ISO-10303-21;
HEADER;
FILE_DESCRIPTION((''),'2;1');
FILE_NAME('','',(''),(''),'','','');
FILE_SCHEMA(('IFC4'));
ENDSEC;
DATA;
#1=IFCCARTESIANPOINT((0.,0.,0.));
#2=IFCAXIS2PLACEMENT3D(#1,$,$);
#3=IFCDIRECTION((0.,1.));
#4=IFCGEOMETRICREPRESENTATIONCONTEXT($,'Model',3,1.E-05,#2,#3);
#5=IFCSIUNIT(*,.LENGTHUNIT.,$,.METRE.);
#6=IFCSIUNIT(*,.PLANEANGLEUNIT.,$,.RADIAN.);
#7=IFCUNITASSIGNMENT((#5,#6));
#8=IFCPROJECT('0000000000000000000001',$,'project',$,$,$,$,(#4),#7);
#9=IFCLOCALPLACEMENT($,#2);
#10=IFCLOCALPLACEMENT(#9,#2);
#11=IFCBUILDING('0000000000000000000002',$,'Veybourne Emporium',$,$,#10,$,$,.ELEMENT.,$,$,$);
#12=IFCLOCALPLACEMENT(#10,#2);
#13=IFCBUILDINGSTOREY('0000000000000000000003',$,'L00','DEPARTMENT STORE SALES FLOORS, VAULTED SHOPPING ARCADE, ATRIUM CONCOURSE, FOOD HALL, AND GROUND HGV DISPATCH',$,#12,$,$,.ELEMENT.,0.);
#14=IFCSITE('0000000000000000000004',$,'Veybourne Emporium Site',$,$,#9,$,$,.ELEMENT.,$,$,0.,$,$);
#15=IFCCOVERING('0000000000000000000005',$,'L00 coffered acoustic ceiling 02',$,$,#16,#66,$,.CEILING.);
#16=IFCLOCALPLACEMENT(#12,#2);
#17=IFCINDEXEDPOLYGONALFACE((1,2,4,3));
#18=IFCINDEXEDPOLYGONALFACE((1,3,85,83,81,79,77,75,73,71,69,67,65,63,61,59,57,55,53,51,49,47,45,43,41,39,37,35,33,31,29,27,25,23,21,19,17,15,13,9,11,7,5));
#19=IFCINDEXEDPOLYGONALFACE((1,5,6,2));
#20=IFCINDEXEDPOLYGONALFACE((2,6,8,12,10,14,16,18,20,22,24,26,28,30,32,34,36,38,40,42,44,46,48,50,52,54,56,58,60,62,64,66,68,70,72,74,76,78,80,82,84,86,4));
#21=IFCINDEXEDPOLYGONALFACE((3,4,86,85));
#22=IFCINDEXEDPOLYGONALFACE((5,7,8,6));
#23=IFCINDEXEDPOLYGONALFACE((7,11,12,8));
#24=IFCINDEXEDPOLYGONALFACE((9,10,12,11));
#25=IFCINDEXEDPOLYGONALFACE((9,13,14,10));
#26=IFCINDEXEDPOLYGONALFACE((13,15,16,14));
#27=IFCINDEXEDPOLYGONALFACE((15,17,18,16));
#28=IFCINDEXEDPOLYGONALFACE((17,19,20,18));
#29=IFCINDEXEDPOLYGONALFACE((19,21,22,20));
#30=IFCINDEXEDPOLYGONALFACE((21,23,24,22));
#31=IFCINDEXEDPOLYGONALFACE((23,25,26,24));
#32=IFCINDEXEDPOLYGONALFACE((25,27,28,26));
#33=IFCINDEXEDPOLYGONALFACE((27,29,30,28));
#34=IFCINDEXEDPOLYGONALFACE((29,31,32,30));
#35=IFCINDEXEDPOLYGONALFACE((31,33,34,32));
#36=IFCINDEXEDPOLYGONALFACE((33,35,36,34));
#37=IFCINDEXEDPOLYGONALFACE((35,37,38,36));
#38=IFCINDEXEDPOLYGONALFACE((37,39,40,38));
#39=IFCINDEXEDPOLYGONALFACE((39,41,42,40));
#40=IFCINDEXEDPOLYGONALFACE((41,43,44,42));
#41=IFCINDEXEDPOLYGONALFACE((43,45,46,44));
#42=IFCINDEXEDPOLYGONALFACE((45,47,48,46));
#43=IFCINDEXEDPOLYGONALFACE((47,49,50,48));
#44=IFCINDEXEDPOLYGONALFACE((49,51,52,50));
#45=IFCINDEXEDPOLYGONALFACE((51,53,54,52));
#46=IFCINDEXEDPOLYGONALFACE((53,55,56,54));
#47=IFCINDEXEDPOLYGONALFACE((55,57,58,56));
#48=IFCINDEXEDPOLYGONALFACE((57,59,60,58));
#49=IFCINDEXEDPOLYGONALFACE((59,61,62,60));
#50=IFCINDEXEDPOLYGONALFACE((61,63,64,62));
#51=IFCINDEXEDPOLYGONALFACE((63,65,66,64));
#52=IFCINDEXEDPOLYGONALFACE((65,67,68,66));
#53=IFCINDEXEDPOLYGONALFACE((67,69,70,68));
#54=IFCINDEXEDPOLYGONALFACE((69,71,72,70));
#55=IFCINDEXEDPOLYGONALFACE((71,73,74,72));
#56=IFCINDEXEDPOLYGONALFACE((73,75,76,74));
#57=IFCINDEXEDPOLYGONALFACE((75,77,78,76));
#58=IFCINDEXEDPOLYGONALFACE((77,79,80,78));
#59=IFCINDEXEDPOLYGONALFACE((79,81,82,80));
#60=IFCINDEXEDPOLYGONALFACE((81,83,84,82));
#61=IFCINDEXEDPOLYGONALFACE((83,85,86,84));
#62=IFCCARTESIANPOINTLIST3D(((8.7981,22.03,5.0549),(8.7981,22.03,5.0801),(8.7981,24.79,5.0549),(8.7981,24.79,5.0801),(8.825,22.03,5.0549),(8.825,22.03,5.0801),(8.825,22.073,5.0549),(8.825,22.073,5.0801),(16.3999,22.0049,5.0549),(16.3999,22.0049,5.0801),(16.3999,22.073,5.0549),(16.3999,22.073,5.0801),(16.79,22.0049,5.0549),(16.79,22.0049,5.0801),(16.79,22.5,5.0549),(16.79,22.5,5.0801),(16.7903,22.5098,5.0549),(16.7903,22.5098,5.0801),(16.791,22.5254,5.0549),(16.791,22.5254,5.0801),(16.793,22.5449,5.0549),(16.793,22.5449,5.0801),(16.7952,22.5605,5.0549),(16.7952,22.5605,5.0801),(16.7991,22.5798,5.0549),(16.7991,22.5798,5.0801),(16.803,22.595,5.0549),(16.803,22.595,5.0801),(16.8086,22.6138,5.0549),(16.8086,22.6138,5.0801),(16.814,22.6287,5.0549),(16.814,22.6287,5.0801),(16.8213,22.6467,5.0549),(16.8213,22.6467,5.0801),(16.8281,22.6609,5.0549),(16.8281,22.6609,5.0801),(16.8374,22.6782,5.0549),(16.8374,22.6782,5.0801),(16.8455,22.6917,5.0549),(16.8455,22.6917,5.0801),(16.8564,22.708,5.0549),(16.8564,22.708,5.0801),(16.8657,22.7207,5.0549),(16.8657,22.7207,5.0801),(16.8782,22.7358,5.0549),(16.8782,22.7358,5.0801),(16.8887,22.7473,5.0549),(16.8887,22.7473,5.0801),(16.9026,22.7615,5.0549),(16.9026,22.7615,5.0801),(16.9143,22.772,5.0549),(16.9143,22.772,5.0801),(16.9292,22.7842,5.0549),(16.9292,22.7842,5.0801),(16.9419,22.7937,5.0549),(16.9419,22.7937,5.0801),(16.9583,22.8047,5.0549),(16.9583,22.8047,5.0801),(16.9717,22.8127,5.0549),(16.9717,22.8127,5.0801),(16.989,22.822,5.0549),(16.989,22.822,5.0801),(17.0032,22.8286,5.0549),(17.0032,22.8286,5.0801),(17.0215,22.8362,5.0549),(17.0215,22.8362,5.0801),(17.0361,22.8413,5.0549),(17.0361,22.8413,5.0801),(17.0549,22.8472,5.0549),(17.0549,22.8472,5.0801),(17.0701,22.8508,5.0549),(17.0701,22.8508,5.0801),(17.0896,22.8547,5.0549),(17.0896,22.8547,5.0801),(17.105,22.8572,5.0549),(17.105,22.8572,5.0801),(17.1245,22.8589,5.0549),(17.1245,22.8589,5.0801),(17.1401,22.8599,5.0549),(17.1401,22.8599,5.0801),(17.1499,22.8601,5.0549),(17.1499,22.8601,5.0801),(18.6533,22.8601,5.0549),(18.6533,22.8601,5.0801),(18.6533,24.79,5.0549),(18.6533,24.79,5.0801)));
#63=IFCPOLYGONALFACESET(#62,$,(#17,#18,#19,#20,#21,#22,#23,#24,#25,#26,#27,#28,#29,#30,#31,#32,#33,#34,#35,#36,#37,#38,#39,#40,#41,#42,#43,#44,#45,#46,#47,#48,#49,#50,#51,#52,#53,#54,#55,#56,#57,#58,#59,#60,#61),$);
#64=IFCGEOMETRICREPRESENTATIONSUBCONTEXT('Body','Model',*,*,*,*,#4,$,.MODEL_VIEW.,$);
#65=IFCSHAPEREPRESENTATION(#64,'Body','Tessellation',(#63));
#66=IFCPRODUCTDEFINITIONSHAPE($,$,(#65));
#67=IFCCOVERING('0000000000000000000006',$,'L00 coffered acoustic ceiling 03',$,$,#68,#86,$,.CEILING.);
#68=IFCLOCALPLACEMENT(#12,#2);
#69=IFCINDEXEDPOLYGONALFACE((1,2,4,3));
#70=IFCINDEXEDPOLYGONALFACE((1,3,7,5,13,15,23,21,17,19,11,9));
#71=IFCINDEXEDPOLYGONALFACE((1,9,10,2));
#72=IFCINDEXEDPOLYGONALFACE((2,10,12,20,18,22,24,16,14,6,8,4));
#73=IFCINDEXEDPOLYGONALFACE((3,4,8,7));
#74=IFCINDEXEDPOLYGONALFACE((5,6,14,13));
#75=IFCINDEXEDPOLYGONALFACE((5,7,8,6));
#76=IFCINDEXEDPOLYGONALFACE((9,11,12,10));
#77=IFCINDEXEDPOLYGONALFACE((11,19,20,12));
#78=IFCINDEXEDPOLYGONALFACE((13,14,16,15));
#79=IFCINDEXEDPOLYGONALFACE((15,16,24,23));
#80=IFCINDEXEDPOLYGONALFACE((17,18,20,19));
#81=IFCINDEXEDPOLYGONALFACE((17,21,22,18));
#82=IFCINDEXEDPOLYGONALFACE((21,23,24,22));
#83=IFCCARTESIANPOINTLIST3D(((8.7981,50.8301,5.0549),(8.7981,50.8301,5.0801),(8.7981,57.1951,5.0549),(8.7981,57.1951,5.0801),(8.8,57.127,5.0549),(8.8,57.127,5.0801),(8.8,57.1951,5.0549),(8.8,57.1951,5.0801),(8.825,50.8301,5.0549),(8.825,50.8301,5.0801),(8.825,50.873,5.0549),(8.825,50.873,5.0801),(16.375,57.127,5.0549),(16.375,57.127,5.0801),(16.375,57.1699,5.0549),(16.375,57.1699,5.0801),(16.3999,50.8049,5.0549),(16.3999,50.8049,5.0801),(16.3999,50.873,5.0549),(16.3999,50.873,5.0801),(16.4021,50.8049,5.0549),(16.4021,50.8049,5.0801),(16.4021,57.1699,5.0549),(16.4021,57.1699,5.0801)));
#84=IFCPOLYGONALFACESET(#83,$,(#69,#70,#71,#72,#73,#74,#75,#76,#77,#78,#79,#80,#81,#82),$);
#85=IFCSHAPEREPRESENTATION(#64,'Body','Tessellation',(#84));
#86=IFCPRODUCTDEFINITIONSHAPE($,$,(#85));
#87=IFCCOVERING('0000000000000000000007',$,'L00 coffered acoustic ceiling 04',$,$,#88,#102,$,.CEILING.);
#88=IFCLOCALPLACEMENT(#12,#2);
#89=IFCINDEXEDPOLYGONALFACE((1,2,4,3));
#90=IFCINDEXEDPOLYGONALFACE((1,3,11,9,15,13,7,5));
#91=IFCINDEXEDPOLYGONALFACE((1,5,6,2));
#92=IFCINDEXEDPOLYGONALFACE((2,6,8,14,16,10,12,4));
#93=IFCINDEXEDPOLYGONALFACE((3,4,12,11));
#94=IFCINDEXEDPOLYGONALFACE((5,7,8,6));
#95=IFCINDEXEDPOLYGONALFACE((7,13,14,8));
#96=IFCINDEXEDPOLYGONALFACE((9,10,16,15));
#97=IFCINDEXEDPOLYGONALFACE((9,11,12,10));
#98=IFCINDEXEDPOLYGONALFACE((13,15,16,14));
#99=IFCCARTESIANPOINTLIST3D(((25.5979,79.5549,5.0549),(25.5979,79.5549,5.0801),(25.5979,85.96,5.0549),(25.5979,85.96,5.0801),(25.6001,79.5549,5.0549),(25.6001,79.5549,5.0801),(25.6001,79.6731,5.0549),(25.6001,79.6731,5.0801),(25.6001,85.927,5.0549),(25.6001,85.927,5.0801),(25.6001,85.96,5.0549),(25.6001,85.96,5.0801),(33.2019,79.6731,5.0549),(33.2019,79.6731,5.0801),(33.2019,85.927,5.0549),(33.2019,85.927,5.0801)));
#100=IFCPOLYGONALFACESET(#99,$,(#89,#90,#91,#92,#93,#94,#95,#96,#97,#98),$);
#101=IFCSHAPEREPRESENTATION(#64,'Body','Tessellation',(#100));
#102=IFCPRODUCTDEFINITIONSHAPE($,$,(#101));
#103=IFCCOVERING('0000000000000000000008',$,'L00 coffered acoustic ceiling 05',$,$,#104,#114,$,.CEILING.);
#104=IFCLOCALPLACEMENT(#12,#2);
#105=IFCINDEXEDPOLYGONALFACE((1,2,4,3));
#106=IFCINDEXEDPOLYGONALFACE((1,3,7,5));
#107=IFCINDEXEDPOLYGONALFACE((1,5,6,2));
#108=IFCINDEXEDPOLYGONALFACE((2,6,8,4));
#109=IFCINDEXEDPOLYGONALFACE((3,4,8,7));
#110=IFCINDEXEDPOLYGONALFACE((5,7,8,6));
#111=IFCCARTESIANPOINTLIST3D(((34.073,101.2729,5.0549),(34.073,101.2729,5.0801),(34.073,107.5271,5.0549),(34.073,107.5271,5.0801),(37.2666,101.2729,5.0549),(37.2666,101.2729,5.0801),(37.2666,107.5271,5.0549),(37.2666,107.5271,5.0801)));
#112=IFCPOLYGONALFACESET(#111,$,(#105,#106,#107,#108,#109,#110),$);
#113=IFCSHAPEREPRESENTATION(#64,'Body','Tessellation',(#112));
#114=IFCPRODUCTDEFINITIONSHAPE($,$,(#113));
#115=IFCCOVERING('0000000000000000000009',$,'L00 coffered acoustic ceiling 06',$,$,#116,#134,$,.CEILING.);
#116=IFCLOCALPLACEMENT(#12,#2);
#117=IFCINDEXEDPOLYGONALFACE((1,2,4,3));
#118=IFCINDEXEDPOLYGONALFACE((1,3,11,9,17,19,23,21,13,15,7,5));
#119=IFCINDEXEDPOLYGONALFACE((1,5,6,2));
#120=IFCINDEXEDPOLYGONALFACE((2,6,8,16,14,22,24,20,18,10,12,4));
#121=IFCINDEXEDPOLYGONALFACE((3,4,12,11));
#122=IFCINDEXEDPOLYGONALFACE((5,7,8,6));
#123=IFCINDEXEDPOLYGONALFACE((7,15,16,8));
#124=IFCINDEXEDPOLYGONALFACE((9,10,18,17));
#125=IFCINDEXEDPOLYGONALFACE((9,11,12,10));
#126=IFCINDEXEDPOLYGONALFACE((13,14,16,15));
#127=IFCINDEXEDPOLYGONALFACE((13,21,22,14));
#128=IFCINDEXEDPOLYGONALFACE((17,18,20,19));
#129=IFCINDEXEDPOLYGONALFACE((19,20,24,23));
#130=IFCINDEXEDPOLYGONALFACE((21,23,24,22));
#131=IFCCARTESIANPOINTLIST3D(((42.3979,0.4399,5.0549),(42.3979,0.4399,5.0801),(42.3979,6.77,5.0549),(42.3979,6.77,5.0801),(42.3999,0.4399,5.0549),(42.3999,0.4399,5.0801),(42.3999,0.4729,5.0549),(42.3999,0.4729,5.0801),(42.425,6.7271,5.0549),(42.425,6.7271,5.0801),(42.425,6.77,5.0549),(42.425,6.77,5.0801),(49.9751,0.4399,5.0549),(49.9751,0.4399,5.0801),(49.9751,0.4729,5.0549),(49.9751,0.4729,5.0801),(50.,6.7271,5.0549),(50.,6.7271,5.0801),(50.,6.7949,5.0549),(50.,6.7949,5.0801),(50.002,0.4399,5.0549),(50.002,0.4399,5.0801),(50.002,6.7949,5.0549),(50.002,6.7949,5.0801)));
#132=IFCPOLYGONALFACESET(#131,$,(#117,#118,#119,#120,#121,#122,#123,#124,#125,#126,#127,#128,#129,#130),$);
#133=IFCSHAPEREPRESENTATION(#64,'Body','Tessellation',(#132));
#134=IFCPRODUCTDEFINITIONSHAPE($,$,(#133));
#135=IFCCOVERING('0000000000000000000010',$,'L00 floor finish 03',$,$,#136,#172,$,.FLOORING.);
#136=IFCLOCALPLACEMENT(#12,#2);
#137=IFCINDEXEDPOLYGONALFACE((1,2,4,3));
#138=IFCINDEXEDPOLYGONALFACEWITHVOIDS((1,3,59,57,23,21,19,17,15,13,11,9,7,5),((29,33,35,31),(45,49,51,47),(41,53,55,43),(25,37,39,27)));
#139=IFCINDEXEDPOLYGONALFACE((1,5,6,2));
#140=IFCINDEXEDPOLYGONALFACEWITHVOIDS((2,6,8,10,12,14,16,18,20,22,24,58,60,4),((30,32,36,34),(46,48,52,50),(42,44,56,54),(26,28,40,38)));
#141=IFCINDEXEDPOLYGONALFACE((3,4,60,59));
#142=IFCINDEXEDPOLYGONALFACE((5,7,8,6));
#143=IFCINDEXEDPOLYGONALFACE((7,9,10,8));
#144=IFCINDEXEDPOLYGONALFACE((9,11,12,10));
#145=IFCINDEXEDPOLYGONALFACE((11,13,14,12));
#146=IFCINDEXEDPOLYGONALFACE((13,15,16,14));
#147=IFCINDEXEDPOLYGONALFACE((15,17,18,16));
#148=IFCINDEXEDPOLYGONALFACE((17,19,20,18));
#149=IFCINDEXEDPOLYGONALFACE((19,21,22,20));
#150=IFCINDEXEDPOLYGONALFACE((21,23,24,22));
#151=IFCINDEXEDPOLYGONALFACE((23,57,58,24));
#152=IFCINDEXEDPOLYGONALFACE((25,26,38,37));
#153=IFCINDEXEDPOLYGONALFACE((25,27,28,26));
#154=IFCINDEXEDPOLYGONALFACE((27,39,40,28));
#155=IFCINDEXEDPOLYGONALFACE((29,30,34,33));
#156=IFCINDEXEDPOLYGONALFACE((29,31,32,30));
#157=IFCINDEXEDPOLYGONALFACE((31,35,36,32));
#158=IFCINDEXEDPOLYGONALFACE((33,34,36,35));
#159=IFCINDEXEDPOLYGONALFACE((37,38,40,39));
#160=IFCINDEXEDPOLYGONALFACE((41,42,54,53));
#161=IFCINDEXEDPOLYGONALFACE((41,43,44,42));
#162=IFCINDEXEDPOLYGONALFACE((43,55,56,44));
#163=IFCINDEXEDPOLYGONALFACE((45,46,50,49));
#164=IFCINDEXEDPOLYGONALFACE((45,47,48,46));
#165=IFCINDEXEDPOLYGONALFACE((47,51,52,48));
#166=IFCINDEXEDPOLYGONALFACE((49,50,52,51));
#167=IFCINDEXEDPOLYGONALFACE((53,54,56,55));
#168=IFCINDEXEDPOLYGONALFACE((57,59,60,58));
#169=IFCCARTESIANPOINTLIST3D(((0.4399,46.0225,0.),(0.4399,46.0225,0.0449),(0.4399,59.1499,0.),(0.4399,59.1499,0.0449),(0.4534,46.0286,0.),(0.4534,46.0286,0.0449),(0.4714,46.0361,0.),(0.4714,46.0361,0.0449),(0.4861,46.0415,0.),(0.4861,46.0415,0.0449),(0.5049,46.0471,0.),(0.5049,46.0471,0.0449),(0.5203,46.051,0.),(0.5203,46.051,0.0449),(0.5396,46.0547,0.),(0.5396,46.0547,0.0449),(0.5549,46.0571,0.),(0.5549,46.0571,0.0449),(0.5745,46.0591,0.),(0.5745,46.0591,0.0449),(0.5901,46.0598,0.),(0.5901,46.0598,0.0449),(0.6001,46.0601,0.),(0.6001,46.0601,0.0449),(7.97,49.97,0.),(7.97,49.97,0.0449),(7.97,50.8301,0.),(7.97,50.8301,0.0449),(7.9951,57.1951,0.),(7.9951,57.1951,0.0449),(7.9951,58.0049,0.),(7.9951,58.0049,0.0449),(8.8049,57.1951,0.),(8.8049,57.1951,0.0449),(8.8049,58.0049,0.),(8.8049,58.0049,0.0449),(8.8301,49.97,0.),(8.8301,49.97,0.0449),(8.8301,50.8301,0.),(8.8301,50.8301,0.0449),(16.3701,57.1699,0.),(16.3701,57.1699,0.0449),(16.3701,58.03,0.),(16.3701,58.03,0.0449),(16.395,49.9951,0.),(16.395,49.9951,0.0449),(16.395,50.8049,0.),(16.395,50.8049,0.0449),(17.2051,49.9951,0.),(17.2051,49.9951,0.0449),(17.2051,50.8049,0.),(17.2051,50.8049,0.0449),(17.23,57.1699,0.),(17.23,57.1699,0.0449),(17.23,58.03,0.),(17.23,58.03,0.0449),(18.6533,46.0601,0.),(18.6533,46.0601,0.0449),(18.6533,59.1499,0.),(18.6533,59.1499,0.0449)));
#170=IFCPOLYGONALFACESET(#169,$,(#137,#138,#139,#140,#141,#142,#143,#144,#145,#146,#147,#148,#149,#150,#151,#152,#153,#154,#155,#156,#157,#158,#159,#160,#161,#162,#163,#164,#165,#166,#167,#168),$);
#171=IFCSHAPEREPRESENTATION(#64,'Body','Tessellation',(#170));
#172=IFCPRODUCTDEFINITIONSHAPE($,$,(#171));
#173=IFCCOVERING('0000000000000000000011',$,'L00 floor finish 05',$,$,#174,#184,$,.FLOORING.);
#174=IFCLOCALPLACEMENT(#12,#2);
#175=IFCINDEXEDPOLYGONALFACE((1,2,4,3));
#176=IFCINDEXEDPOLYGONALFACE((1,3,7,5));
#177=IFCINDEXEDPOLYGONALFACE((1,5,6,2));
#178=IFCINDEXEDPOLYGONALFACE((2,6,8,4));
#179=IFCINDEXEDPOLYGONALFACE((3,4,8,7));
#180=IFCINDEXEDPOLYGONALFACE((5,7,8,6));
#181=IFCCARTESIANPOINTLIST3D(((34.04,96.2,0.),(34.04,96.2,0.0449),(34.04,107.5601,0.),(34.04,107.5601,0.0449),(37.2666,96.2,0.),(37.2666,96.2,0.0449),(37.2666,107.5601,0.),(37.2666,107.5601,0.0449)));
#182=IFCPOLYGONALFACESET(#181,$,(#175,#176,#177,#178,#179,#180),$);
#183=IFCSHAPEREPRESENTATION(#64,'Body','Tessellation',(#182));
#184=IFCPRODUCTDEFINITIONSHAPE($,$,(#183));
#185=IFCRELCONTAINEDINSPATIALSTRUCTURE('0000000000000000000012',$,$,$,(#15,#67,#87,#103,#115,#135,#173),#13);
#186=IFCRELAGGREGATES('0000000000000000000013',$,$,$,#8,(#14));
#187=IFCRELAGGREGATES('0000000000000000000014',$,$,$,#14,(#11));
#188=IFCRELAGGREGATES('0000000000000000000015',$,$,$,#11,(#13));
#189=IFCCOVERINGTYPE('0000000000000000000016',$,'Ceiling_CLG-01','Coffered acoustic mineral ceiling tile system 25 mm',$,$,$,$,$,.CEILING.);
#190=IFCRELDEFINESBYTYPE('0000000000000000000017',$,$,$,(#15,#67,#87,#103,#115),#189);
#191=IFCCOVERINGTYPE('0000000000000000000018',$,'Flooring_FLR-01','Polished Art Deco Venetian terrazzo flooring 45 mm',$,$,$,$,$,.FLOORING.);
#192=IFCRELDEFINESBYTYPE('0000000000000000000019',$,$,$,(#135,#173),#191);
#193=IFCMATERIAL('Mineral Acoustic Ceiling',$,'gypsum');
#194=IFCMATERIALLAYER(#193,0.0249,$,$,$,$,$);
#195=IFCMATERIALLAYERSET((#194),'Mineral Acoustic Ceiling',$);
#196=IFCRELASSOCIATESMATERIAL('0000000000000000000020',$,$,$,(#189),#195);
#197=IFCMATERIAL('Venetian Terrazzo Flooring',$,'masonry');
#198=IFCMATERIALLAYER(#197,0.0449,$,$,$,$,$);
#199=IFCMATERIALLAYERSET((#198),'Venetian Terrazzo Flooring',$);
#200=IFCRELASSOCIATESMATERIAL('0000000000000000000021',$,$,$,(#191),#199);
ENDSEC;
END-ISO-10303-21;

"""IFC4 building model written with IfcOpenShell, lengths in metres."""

from ifc_helpers import new_model, si_unit, direction, frame, origin, place, context, subcontext, project, spatial, polyline, outline, extrude, material, layer, layer_set, type_object, element, save


model = new_model("IFC4")

# Units and contexts
model_context = context("Model", 3, precision=1e-05, world=origin(), true_north=direction((0.0, 1.0)))
body_context = subcontext(model_context, "Body", "Model", "MODEL_VIEW")
ifc_project = project(units=[si_unit("LENGTHUNIT", "METRE"), si_unit("PLANEANGLEUNIT", "RADIAN")], contexts=[model_context])

# Site, building, storey
site_placement = place(None, origin())
site = spatial("IfcSite", under=ifc_project, at=site_placement, Name="Veybourne Emporium Site", CompositionType="ELEMENT", RefElevation=0.0)
building_placement = place(site_placement, origin())
building = spatial("IfcBuilding", under=site, at=building_placement, Name="Veybourne Emporium", CompositionType="ELEMENT")
storey_placement = place(building_placement, origin())
storey = spatial("IfcBuildingStorey", under=building, at=storey_placement, Name="L00", Description="DEPARTMENT STORE SALES FLOORS, VAULTED SHOPPING ARCADE, ATRIUM CONCOURSE, FOOD HALL, AND GROUND HGV DISPATCH", CompositionType="ELEMENT", Elevation=0.0)

# Coverings
ifc_material_1 = material(Name="Mineral Acoustic Ceiling", Category="gypsum")
ifc_layer_1 = layer(ifc_material_1, 0.0249)
ifc_layer_set_1 = layer_set([ifc_layer_1], Name="Mineral Acoustic Ceiling")
covering_type_1 = type_object("IfcCoveringType", Name="Ceiling_CLG-01", Description="Coffered acoustic mineral ceiling tile system 25 mm", PredefinedType="CEILING", material=ifc_layer_set_1)
covering_1_placement = place(storey_placement, frame((0.0, 0.0, 5.0549)))
element("IfcCovering", 1, at=covering_1_placement, inside=storey, type_object=covering_type_1, Name="L00 coffered acoustic ceiling 02", PredefinedType="CEILING", context=body_context, shape_type="SweptSolid", body=[
    extrude(outline(polyline([(18.6533, 24.79), (18.6533, 22.8601), (17.1499, 22.8601), (17.1401, 22.8599), (17.1245, 22.8589), (17.105, 22.8572), (17.0896, 22.8547), (17.0701, 22.8508), (17.0549, 22.8472), (17.0361, 22.8413), (17.0215, 22.8362), (17.0032, 22.8286), (16.989, 22.822), (16.9717, 22.8127), (16.9583, 22.8047), (16.9419, 22.7937), (16.9292, 22.7842), (16.9143, 22.772), (16.9026, 22.7615), (16.8887, 22.7473), (16.8782, 22.7358), (16.8657, 22.7207), (16.8564, 22.708), (16.8455, 22.6917), (16.8374, 22.6782), (16.8281, 22.6609), (16.8213, 22.6467), (16.814, 22.6287), (16.8086, 22.6138), (16.803, 22.595), (16.7991, 22.5798), (16.7952, 22.5605), (16.793, 22.5449), (16.791, 22.5254), (16.7903, 22.5098), (16.79, 22.5), (16.79, 22.0049), (16.3999, 22.0049), (16.3999, 22.073), (8.825, 22.073), (8.825, 22.03), (8.7981, 22.03), (8.7981, 24.79), (18.6533, 24.79)])), origin(), (0.0, 0.0, 1.0), 0.0251),
])
covering_2_placement = place(storey_placement, frame((0.0, 0.0, 5.0549)))
element("IfcCovering", 2, at=covering_2_placement, inside=storey, type_object=covering_type_1, Name="L00 coffered acoustic ceiling 03", PredefinedType="CEILING", context=body_context, shape_type="SweptSolid", body=[
    extrude(outline(polyline([(16.3999, 50.8049), (16.3999, 50.873), (8.825, 50.873), (8.825, 50.8301), (8.7981, 50.8301), (8.7981, 57.1951), (8.8, 57.1951), (8.8, 57.127), (16.375, 57.127), (16.375, 57.1699), (16.4021, 57.1699), (16.4021, 50.8049), (16.3999, 50.8049)])), origin(), (0.0, 0.0, 1.0), 0.0251),
])
covering_3_placement = place(storey_placement, frame((0.0, 0.0, 5.0549)))
element("IfcCovering", 3, at=covering_3_placement, inside=storey, type_object=covering_type_1, Name="L00 coffered acoustic ceiling 04", PredefinedType="CEILING", context=body_context, shape_type="SweptSolid", body=[
    extrude(outline(polyline([(25.6001, 85.96), (25.6001, 85.927), (33.2019, 85.927), (33.2019, 79.6731), (25.6001, 79.6731), (25.6001, 79.5549), (25.5979, 79.5549), (25.5979, 85.96), (25.6001, 85.96)])), origin(), (0.0, 0.0, 1.0), 0.0251),
])
covering_4_placement = place(storey_placement, frame((0.0, 0.0, 5.0549)))
element("IfcCovering", 4, at=covering_4_placement, inside=storey, type_object=covering_type_1, Name="L00 coffered acoustic ceiling 05", PredefinedType="CEILING", context=body_context, shape_type="SweptSolid", body=[
    extrude(outline(polyline([(37.2666, 101.2729), (34.073, 101.2729), (34.073, 107.5271), (37.2666, 107.5271), (37.2666, 101.2729)])), origin(), (0.0, 0.0, 1.0), 0.0251),
])
covering_5_placement = place(storey_placement, frame((0.0, 0.0, 5.0549)))
element("IfcCovering", 5, at=covering_5_placement, inside=storey, type_object=covering_type_1, Name="L00 coffered acoustic ceiling 06", PredefinedType="CEILING", context=body_context, shape_type="SweptSolid", body=[
    extrude(outline(polyline([(42.425, 6.77), (42.425, 6.7271), (50.0, 6.7271), (50.0, 6.7949), (50.002, 6.7949), (50.002, 0.4399), (49.9751, 0.4399), (49.9751, 0.4729), (42.3999, 0.4729), (42.3999, 0.4399), (42.3979, 0.4399), (42.3979, 6.77), (42.425, 6.77)])), origin(), (0.0, 0.0, 1.0), 0.0251),
])
ifc_material_2 = material(Name="Venetian Terrazzo Flooring", Category="masonry")
ifc_layer_2 = layer(ifc_material_2, 0.0449)
ifc_layer_set_2 = layer_set([ifc_layer_2], Name="Venetian Terrazzo Flooring")
covering_type_2 = type_object("IfcCoveringType", Name="Flooring_FLR-01", Description="Polished Art Deco Venetian terrazzo flooring 45 mm", PredefinedType="FLOORING", material=ifc_layer_set_2)
covering_6_placement = place(storey_placement, origin())
element("IfcCovering", 6, at=covering_6_placement, inside=storey, type_object=covering_type_2, Name="L00 floor finish 03", PredefinedType="FLOORING", context=body_context, shape_type="SweptSolid", body=[
    extrude(outline(polyline([(0.4399, 59.1499), (18.6533, 59.1499), (18.6533, 46.0601), (0.6001, 46.0601), (0.5901, 46.0598), (0.5745, 46.0591), (0.5549, 46.0571), (0.5396, 46.0547), (0.5203, 46.051), (0.5049, 46.0471), (0.4861, 46.0415), (0.4714, 46.0361), (0.4534, 46.0286), (0.4399, 46.0225), (0.4399, 59.1499)]), holes=[polyline([(17.2051, 50.8049), (16.395, 50.8049), (16.395, 49.9951), (17.2051, 49.9951), (17.2051, 50.8049)]), polyline([(8.8301, 50.8301), (7.97, 50.8301), (7.97, 49.97), (8.8301, 49.97), (8.8301, 50.8301)]), polyline([(17.23, 58.03), (16.3701, 58.03), (16.3701, 57.1699), (17.23, 57.1699), (17.23, 58.03)]), polyline([(8.8049, 58.0049), (7.9951, 58.0049), (7.9951, 57.1951), (8.8049, 57.1951), (8.8049, 58.0049)])]), origin(), (0.0, 0.0, 1.0), 0.0449),
])
covering_7_placement = place(storey_placement, origin())
element("IfcCovering", 7, at=covering_7_placement, inside=storey, type_object=covering_type_2, Name="L00 floor finish 05", PredefinedType="FLOORING", context=body_context, shape_type="SweptSolid", body=[
    extrude(outline(polyline([(34.04, 107.5601), (37.2666, 107.5601), (37.2666, 96.2), (34.04, 96.2), (34.04, 107.5601)])), origin(), (0.0, 0.0, 1.0), 0.0449),
])

save(model, "model.ifc")
